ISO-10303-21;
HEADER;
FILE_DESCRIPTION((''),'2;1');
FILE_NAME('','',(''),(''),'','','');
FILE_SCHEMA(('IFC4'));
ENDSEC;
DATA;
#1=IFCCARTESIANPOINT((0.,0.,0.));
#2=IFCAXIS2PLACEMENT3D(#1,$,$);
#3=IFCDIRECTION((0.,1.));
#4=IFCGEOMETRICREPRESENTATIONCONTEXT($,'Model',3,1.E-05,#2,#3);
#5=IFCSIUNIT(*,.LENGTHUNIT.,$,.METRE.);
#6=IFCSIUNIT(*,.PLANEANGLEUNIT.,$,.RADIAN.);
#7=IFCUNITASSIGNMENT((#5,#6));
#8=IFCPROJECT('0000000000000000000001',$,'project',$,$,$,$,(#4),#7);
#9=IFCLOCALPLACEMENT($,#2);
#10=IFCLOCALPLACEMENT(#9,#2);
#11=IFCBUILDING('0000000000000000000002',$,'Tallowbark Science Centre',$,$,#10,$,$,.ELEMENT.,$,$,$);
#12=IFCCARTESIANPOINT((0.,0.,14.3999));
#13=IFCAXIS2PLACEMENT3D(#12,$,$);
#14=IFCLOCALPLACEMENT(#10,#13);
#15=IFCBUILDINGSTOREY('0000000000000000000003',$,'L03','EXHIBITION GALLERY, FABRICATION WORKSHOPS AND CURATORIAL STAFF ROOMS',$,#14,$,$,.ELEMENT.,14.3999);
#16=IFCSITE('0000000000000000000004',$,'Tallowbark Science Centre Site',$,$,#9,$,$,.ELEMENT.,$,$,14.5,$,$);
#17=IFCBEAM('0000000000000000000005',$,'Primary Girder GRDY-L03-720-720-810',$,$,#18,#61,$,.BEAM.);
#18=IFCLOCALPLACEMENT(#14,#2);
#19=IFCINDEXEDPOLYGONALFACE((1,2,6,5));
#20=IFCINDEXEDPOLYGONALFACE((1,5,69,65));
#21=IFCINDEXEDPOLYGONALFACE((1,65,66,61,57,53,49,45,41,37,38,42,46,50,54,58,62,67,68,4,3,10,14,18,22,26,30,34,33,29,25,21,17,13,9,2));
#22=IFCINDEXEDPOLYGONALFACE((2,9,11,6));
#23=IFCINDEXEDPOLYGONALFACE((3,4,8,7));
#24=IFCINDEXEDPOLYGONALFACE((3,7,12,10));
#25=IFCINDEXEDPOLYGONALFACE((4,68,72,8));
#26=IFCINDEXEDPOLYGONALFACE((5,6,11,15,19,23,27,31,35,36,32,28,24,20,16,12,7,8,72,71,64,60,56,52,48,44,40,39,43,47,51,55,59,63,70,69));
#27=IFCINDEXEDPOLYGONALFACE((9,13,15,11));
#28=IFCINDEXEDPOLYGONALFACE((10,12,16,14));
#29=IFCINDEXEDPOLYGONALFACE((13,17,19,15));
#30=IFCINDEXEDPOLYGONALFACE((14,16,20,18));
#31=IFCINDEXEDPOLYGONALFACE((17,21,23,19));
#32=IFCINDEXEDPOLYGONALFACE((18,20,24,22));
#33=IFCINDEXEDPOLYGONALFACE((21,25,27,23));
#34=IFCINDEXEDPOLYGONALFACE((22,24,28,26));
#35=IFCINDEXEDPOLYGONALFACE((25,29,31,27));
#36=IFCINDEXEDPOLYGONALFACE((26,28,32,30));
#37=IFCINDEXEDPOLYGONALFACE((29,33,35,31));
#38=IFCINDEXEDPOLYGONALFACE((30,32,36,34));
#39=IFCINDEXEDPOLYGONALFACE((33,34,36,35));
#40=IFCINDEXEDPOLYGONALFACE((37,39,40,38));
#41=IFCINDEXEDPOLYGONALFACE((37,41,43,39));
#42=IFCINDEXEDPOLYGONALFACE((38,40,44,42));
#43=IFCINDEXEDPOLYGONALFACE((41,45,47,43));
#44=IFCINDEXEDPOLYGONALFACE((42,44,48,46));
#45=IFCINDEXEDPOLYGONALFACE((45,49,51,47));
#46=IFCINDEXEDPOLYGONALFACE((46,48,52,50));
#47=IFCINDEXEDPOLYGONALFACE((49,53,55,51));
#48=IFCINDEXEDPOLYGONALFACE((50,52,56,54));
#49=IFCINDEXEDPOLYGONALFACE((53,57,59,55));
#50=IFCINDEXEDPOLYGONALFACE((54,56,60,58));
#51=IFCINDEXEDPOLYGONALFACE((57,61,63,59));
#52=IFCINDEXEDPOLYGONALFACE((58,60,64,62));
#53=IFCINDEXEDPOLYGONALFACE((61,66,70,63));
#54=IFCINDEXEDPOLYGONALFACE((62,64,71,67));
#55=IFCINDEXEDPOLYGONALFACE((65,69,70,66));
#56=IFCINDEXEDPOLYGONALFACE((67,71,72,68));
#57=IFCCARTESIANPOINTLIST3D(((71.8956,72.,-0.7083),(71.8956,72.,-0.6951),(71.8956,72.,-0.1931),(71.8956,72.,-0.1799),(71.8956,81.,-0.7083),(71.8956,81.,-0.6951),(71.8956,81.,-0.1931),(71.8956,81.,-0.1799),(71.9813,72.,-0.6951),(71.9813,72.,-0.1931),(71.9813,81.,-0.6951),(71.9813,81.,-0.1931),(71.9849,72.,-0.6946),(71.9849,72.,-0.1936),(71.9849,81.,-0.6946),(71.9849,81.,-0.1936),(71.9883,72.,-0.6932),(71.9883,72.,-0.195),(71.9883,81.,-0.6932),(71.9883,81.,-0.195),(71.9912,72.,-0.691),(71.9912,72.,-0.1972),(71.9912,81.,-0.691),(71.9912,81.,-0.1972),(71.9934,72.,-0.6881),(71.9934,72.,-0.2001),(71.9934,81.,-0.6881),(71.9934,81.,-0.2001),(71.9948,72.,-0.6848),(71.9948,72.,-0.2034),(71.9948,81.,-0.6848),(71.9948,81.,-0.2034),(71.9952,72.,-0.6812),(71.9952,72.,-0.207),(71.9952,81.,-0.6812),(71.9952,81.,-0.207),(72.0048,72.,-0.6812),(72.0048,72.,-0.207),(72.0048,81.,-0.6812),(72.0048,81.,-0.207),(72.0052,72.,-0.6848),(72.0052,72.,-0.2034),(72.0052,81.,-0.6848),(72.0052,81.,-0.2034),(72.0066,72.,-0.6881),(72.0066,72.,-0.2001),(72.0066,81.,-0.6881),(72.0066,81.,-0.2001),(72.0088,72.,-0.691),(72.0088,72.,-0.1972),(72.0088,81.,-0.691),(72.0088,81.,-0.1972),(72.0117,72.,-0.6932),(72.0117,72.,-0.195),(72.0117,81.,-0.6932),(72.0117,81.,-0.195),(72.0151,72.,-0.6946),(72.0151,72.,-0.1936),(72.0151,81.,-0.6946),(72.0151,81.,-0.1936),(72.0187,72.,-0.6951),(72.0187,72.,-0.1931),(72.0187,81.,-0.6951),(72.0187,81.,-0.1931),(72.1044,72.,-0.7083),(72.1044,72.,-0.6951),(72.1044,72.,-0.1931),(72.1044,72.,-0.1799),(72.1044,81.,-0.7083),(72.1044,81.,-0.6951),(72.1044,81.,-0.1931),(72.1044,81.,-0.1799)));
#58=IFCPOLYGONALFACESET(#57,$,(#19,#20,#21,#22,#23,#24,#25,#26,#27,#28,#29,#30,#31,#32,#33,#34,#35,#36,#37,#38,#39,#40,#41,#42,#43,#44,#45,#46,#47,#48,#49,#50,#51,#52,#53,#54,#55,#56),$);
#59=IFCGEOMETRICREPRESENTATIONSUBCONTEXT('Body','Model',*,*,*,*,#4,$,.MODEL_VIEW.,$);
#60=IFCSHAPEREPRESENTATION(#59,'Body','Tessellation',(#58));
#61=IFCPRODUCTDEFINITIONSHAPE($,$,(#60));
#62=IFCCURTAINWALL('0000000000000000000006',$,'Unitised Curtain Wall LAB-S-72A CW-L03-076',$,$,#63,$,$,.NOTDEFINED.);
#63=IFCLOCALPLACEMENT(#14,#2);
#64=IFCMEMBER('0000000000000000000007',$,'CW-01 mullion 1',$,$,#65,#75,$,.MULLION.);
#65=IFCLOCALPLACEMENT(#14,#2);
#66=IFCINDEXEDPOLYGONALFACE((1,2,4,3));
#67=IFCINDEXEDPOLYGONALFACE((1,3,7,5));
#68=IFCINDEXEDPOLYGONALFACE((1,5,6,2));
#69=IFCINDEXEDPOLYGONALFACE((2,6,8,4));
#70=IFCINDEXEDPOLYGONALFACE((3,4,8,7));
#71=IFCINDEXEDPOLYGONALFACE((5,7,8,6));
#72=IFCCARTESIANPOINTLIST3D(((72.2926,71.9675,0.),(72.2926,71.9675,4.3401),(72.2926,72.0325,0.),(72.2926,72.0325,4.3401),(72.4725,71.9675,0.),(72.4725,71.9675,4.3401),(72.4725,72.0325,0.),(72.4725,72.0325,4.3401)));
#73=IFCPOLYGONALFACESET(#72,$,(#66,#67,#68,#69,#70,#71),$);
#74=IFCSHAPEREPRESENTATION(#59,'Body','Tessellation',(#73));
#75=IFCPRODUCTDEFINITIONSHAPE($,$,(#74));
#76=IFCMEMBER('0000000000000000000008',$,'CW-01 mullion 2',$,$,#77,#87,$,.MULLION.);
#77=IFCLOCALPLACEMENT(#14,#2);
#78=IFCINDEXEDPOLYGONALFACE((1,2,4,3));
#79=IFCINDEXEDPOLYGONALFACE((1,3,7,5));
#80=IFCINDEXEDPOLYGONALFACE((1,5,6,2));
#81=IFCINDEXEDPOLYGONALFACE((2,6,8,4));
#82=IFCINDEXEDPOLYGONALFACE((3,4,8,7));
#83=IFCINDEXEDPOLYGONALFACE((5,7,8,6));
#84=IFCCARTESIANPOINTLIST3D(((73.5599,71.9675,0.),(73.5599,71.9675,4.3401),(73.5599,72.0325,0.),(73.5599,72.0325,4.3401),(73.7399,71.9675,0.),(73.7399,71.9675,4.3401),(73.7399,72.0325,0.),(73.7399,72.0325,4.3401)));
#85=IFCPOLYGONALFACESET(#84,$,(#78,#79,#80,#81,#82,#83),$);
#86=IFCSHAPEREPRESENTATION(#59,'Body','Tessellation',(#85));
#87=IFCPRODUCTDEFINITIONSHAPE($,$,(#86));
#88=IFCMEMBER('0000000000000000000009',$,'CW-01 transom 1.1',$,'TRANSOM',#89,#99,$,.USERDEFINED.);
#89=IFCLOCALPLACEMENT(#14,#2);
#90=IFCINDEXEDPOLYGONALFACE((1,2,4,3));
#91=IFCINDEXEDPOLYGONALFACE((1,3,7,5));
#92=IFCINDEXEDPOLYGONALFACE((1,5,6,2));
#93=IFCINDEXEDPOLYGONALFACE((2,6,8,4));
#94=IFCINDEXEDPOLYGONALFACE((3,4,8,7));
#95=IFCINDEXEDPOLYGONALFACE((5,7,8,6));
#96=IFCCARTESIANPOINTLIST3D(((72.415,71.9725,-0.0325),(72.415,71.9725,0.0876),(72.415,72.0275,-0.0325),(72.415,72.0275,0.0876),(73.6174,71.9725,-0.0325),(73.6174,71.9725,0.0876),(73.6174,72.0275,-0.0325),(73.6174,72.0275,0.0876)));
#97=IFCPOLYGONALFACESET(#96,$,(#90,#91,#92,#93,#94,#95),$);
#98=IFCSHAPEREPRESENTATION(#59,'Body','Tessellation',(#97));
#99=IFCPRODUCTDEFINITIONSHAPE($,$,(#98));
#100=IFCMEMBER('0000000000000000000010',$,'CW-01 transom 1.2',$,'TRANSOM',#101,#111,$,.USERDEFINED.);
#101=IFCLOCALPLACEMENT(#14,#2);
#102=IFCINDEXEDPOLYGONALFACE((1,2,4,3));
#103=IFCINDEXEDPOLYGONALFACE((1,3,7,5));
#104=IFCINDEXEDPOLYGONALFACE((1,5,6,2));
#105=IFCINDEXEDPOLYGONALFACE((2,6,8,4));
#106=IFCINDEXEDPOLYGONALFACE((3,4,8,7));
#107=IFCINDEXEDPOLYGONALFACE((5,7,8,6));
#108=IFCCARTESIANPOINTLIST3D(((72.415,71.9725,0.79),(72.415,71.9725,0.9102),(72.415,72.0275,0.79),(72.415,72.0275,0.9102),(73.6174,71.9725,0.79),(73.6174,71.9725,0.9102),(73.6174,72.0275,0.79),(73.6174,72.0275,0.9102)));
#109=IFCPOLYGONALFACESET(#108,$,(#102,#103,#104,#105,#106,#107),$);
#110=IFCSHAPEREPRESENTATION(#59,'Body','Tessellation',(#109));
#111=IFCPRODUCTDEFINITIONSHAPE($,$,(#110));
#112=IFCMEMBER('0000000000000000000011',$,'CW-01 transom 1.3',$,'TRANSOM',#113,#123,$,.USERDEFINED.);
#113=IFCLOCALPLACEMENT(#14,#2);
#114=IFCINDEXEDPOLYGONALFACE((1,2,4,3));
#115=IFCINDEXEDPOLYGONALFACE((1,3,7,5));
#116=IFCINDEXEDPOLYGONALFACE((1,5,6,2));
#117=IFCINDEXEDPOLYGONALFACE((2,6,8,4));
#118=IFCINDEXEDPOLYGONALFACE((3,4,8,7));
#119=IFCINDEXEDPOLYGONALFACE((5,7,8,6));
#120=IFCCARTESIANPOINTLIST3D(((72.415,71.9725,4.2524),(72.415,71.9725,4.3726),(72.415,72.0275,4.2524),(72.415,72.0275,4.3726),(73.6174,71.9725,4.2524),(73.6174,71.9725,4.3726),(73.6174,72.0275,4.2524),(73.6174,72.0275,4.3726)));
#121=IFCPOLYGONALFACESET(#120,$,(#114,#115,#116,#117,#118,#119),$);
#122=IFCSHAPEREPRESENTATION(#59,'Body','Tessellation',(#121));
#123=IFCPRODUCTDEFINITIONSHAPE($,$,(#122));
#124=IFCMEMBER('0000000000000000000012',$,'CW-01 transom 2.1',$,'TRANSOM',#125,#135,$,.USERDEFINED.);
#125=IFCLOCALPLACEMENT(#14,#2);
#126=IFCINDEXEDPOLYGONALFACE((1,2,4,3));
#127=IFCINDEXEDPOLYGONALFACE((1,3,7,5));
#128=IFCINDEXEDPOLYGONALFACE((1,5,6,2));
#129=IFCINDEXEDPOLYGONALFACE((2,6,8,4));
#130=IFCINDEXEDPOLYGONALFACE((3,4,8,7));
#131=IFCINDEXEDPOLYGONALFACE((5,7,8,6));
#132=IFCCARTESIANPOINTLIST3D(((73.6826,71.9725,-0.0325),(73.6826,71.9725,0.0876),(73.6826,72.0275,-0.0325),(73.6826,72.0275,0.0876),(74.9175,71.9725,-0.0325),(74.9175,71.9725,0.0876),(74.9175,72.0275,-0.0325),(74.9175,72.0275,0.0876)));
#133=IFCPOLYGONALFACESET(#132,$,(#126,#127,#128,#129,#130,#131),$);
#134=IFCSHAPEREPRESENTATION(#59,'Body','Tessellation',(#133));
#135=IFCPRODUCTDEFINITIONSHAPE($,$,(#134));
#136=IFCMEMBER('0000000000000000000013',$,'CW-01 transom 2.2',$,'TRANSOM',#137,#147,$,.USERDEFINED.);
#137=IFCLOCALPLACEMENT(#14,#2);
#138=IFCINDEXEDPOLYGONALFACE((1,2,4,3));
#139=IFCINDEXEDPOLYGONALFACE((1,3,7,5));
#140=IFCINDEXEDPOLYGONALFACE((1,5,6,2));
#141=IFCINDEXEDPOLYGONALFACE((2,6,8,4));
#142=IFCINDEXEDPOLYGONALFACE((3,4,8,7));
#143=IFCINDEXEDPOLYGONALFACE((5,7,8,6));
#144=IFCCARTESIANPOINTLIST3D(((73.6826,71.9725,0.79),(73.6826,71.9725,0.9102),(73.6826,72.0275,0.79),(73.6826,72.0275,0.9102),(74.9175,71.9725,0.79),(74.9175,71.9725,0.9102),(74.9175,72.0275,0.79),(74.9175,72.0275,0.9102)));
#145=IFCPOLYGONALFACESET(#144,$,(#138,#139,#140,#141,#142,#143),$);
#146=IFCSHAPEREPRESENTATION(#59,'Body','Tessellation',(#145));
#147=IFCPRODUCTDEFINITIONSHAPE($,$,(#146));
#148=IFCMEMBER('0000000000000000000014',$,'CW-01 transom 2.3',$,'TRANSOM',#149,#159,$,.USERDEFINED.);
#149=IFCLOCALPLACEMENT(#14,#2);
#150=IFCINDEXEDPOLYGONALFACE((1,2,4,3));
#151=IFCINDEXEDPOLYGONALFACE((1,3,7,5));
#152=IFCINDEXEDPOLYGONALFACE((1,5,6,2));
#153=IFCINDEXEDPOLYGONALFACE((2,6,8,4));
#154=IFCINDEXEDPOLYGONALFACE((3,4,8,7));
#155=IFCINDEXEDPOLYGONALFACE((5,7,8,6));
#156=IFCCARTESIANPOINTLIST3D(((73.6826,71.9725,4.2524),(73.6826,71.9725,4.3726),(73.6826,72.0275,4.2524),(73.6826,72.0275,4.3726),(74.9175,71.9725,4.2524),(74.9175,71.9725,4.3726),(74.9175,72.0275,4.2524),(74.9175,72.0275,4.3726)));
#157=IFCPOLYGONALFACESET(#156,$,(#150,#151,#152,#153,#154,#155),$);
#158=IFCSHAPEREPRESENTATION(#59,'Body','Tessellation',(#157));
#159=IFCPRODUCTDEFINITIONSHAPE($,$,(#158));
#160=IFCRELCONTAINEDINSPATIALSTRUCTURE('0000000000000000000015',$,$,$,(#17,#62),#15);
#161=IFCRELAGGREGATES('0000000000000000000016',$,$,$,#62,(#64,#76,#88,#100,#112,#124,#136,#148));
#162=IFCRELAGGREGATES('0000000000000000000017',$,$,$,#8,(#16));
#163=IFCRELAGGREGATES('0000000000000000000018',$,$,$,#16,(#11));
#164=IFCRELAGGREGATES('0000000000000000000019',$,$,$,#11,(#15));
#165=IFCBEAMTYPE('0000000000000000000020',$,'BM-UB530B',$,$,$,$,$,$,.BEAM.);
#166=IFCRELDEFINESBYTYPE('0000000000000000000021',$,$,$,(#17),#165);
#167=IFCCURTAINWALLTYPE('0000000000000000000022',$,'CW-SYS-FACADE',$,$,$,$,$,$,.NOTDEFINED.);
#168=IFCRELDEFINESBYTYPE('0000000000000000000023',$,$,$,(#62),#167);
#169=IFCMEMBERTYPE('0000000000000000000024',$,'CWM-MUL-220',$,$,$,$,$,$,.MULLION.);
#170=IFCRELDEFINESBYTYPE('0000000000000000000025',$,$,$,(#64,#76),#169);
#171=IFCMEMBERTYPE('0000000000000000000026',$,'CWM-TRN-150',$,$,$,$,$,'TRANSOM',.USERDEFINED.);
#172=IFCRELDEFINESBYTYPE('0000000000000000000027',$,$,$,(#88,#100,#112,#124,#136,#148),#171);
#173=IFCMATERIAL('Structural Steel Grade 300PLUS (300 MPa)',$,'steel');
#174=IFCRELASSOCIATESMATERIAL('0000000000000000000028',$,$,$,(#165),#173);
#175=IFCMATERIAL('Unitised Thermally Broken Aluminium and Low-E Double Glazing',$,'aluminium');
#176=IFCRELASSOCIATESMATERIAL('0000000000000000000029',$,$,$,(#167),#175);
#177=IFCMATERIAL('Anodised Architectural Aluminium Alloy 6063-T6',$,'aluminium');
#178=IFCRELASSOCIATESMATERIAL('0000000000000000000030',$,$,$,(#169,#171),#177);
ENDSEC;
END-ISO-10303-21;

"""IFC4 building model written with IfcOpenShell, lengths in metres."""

from ifc_helpers import new_model, si_unit, direction, frame, origin, origin_2d, place, context, subcontext, project, spatial, rectangle, i_section, extrude, material, material_profile, profile_set, type_object, element, aggregate, save


model = new_model("IFC4")

# Units and contexts
model_context = context("Model", 3, precision=1e-05, world=origin(), true_north=direction((0.0, 1.0)))
body_context = subcontext(model_context, "Body", "Model", "MODEL_VIEW")
ifc_project = project(units=[si_unit("LENGTHUNIT", "METRE"), si_unit("PLANEANGLEUNIT", "RADIAN")], contexts=[model_context])

# Site, building, storey
site_placement = place(None, origin())
site = spatial("IfcSite", under=ifc_project, at=site_placement, Name="Tallowbark Science Centre Site", CompositionType="ELEMENT", RefElevation=14.5)
building_placement = place(site_placement, origin())
building = spatial("IfcBuilding", under=site, at=building_placement, Name="Tallowbark Science Centre", CompositionType="ELEMENT")
storey_placement = place(building_placement, frame((0.0, 0.0, 14.3999)))
storey = spatial("IfcBuildingStorey", under=building, at=storey_placement, Name="L03", Description="EXHIBITION GALLERY, FABRICATION WORKSHOPS AND CURATORIAL STAFF ROOMS", CompositionType="ELEMENT", Elevation=14.3999)

# Shared definitions
ifc_material_1 = material(Name="Structural Steel Grade 300PLUS (300 MPa)", Category="steel")

# Beam
ifc_material_profile_1 = material_profile(ifc_material_1, i_section(OverallWidth=0.2087, OverallDepth=0.5283, WebThickness=0.0095, FlangeThickness=0.0132, FilletRadius=0.0139, at=origin_2d()), Name="530UB82.0")
ifc_profile_set_1 = profile_set([ifc_material_profile_1], Name="Structural Steel Grade 300PLUS (300 MPa)")
beam_type_1 = type_object("IfcBeamType", Name="BM-UB530B", PredefinedType="BEAM", material=ifc_profile_set_1)
beam_1_placement = place(storey_placement, frame((72.0, 72.0, -0.4441), z_axis=(0.0, 1.0, 0.0), x_axis=(-1.0, 0.0, 0.0)))
element("IfcBeam", 1, at=beam_1_placement, inside=storey, type_object=beam_type_1, Name="Primary Girder GRDY-L03-720-720-810", PredefinedType="BEAM", context=body_context, shape_type="SweptSolid", body=[
    extrude(i_section(OverallWidth=0.2087, OverallDepth=0.5283, WebThickness=0.0095, FlangeThickness=0.0132, FilletRadius=0.0139, at=origin_2d()), origin(), (0.0, 0.0, 1.0), 9.0),
])

# Curtain wall, members
ifc_material_2 = material(Name="Unitised Thermally Broken Aluminium and Low-E Double Glazing", Category="aluminium")
curtain_wall_type = type_object("IfcCurtainWallType", Name="CW-SYS-FACADE", PredefinedType="NOTDEFINED", material=ifc_material_2)
curtain_wall_placement = place(storey_placement, origin())
curtain_wall = element("IfcCurtainWall", 2, at=curtain_wall_placement, inside=storey, type_object=curtain_wall_type, Name="Unitised Curtain Wall LAB-S-72A CW-L03-076", PredefinedType="NOTDEFINED")
ifc_material_3 = material(Name="Anodised Architectural Aluminium Alloy 6063-T6", Category="aluminium")
ifc_material_profile_2 = material_profile(ifc_material_3, rectangle(XDim=0.0649, YDim=0.1799, at=origin_2d()), Name="ALU65x180")
ifc_profile_set_2 = profile_set([ifc_material_profile_2], Name="Anodised Architectural Aluminium Alloy 6063-T6")
member_type_1 = type_object("IfcMemberType", Name="CWM-MUL-220", PredefinedType="MULLION", material=ifc_profile_set_2)
member_1_placement = place(storey_placement, frame((72.3826, 72.0, 0.0), z_axis=(0.0, 0.0, 1.0), x_axis=(0.0, 1.0, 0.0)))
member_1 = element("IfcMember", 3, at=member_1_placement, type_object=member_type_1, Name="CW-01 mullion 1", PredefinedType="MULLION", context=body_context, shape_type="SweptSolid", body=[
    extrude(rectangle(XDim=0.0649, YDim=0.1799, at=origin_2d()), origin(), (0.0, 0.0, 1.0), 4.3401),
])
member_2_placement = place(storey_placement, frame((73.6499, 72.0, 0.0), z_axis=(0.0, 0.0, 1.0), x_axis=(0.0, 1.0, 0.0)))
member_2 = element("IfcMember", 4, at=member_2_placement, type_object=member_type_1, Name="CW-01 mullion 2", PredefinedType="MULLION", context=body_context, shape_type="SweptSolid", body=[
    extrude(rectangle(XDim=0.0649, YDim=0.1799, at=origin_2d()), origin(), (0.0, 0.0, 1.0), 4.3401),
])
ifc_material_profile_3 = material_profile(ifc_material_3, rectangle(XDim=0.0549, YDim=0.1201, at=origin_2d()), Name="ALU55x120")
ifc_profile_set_3 = profile_set([ifc_material_profile_3], Name="Anodised Architectural Aluminium Alloy 6063-T6")
member_type_2 = type_object("IfcMemberType", Name="CWM-TRN-150", ElementType="TRANSOM", PredefinedType="USERDEFINED", material=ifc_profile_set_3)
member_3_placement = place(storey_placement, frame((72.415, 72.0, 0.0276), z_axis=(1.0, 0.0, 0.0), x_axis=(0.0, 1.0, 0.0)))
member_3 = element("IfcMember", 5, at=member_3_placement, type_object=member_type_2, Name="CW-01 transom 1.1", ObjectType="TRANSOM", PredefinedType="USERDEFINED", context=body_context, shape_type="SweptSolid", body=[
    extrude(rectangle(XDim=0.0549, YDim=0.1201, at=origin_2d()), origin(), (0.0, 0.0, 1.0), 1.2024),
])
member_4_placement = place(storey_placement, frame((72.415, 72.0, 0.8501), z_axis=(1.0, 0.0, 0.0), x_axis=(0.0, 1.0, 0.0)))
member_4 = element("IfcMember", 6, at=member_4_placement, type_object=member_type_2, Name="CW-01 transom 1.2", ObjectType="TRANSOM", PredefinedType="USERDEFINED", context=body_context, shape_type="SweptSolid", body=[
    extrude(rectangle(XDim=0.0549, YDim=0.1201, at=origin_2d()), origin(), (0.0, 0.0, 1.0), 1.2024),
])
member_5_placement = place(storey_placement, frame((72.415, 72.0, 4.3125), z_axis=(1.0, 0.0, 0.0), x_axis=(0.0, 1.0, 0.0)))
member_5 = element("IfcMember", 7, at=member_5_placement, type_object=member_type_2, Name="CW-01 transom 1.3", ObjectType="TRANSOM", PredefinedType="USERDEFINED", context=body_context, shape_type="SweptSolid", body=[
    extrude(rectangle(XDim=0.0549, YDim=0.1201, at=origin_2d()), origin(), (0.0, 0.0, 1.0), 1.2024),
])
member_6_placement = place(storey_placement, frame((73.6826, 72.0, 0.0276), z_axis=(1.0, 0.0, 0.0), x_axis=(0.0, 1.0, 0.0)))
member_6 = element("IfcMember", 8, at=member_6_placement, type_object=member_type_2, Name="CW-01 transom 2.1", ObjectType="TRANSOM", PredefinedType="USERDEFINED", context=body_context, shape_type="SweptSolid", body=[
    extrude(rectangle(XDim=0.0549, YDim=0.1201, at=origin_2d()), origin(), (0.0, 0.0, 1.0), 1.2349),
])
member_7_placement = place(storey_placement, frame((73.6826, 72.0, 0.8501), z_axis=(1.0, 0.0, 0.0), x_axis=(0.0, 1.0, 0.0)))
member_7 = element("IfcMember", 9, at=member_7_placement, type_object=member_type_2, Name="CW-01 transom 2.2", ObjectType="TRANSOM", PredefinedType="USERDEFINED", context=body_context, shape_type="SweptSolid", body=[
    extrude(rectangle(XDim=0.0549, YDim=0.1201, at=origin_2d()), origin(), (0.0, 0.0, 1.0), 1.2349),
])
member_8_placement = place(storey_placement, frame((73.6826, 72.0, 4.3125), z_axis=(1.0, 0.0, 0.0), x_axis=(0.0, 1.0, 0.0)))
member_8 = element("IfcMember", 10, at=member_8_placement, type_object=member_type_2, Name="CW-01 transom 2.3", ObjectType="TRANSOM", PredefinedType="USERDEFINED", context=body_context, shape_type="SweptSolid", body=[
    extrude(rectangle(XDim=0.0549, YDim=0.1201, at=origin_2d()), origin(), (0.0, 0.0, 1.0), 1.2349),
])

aggregate(curtain_wall, [member_1, member_2, member_3, member_4, member_5, member_6, member_7, member_8])

save(model, "model.ifc")
